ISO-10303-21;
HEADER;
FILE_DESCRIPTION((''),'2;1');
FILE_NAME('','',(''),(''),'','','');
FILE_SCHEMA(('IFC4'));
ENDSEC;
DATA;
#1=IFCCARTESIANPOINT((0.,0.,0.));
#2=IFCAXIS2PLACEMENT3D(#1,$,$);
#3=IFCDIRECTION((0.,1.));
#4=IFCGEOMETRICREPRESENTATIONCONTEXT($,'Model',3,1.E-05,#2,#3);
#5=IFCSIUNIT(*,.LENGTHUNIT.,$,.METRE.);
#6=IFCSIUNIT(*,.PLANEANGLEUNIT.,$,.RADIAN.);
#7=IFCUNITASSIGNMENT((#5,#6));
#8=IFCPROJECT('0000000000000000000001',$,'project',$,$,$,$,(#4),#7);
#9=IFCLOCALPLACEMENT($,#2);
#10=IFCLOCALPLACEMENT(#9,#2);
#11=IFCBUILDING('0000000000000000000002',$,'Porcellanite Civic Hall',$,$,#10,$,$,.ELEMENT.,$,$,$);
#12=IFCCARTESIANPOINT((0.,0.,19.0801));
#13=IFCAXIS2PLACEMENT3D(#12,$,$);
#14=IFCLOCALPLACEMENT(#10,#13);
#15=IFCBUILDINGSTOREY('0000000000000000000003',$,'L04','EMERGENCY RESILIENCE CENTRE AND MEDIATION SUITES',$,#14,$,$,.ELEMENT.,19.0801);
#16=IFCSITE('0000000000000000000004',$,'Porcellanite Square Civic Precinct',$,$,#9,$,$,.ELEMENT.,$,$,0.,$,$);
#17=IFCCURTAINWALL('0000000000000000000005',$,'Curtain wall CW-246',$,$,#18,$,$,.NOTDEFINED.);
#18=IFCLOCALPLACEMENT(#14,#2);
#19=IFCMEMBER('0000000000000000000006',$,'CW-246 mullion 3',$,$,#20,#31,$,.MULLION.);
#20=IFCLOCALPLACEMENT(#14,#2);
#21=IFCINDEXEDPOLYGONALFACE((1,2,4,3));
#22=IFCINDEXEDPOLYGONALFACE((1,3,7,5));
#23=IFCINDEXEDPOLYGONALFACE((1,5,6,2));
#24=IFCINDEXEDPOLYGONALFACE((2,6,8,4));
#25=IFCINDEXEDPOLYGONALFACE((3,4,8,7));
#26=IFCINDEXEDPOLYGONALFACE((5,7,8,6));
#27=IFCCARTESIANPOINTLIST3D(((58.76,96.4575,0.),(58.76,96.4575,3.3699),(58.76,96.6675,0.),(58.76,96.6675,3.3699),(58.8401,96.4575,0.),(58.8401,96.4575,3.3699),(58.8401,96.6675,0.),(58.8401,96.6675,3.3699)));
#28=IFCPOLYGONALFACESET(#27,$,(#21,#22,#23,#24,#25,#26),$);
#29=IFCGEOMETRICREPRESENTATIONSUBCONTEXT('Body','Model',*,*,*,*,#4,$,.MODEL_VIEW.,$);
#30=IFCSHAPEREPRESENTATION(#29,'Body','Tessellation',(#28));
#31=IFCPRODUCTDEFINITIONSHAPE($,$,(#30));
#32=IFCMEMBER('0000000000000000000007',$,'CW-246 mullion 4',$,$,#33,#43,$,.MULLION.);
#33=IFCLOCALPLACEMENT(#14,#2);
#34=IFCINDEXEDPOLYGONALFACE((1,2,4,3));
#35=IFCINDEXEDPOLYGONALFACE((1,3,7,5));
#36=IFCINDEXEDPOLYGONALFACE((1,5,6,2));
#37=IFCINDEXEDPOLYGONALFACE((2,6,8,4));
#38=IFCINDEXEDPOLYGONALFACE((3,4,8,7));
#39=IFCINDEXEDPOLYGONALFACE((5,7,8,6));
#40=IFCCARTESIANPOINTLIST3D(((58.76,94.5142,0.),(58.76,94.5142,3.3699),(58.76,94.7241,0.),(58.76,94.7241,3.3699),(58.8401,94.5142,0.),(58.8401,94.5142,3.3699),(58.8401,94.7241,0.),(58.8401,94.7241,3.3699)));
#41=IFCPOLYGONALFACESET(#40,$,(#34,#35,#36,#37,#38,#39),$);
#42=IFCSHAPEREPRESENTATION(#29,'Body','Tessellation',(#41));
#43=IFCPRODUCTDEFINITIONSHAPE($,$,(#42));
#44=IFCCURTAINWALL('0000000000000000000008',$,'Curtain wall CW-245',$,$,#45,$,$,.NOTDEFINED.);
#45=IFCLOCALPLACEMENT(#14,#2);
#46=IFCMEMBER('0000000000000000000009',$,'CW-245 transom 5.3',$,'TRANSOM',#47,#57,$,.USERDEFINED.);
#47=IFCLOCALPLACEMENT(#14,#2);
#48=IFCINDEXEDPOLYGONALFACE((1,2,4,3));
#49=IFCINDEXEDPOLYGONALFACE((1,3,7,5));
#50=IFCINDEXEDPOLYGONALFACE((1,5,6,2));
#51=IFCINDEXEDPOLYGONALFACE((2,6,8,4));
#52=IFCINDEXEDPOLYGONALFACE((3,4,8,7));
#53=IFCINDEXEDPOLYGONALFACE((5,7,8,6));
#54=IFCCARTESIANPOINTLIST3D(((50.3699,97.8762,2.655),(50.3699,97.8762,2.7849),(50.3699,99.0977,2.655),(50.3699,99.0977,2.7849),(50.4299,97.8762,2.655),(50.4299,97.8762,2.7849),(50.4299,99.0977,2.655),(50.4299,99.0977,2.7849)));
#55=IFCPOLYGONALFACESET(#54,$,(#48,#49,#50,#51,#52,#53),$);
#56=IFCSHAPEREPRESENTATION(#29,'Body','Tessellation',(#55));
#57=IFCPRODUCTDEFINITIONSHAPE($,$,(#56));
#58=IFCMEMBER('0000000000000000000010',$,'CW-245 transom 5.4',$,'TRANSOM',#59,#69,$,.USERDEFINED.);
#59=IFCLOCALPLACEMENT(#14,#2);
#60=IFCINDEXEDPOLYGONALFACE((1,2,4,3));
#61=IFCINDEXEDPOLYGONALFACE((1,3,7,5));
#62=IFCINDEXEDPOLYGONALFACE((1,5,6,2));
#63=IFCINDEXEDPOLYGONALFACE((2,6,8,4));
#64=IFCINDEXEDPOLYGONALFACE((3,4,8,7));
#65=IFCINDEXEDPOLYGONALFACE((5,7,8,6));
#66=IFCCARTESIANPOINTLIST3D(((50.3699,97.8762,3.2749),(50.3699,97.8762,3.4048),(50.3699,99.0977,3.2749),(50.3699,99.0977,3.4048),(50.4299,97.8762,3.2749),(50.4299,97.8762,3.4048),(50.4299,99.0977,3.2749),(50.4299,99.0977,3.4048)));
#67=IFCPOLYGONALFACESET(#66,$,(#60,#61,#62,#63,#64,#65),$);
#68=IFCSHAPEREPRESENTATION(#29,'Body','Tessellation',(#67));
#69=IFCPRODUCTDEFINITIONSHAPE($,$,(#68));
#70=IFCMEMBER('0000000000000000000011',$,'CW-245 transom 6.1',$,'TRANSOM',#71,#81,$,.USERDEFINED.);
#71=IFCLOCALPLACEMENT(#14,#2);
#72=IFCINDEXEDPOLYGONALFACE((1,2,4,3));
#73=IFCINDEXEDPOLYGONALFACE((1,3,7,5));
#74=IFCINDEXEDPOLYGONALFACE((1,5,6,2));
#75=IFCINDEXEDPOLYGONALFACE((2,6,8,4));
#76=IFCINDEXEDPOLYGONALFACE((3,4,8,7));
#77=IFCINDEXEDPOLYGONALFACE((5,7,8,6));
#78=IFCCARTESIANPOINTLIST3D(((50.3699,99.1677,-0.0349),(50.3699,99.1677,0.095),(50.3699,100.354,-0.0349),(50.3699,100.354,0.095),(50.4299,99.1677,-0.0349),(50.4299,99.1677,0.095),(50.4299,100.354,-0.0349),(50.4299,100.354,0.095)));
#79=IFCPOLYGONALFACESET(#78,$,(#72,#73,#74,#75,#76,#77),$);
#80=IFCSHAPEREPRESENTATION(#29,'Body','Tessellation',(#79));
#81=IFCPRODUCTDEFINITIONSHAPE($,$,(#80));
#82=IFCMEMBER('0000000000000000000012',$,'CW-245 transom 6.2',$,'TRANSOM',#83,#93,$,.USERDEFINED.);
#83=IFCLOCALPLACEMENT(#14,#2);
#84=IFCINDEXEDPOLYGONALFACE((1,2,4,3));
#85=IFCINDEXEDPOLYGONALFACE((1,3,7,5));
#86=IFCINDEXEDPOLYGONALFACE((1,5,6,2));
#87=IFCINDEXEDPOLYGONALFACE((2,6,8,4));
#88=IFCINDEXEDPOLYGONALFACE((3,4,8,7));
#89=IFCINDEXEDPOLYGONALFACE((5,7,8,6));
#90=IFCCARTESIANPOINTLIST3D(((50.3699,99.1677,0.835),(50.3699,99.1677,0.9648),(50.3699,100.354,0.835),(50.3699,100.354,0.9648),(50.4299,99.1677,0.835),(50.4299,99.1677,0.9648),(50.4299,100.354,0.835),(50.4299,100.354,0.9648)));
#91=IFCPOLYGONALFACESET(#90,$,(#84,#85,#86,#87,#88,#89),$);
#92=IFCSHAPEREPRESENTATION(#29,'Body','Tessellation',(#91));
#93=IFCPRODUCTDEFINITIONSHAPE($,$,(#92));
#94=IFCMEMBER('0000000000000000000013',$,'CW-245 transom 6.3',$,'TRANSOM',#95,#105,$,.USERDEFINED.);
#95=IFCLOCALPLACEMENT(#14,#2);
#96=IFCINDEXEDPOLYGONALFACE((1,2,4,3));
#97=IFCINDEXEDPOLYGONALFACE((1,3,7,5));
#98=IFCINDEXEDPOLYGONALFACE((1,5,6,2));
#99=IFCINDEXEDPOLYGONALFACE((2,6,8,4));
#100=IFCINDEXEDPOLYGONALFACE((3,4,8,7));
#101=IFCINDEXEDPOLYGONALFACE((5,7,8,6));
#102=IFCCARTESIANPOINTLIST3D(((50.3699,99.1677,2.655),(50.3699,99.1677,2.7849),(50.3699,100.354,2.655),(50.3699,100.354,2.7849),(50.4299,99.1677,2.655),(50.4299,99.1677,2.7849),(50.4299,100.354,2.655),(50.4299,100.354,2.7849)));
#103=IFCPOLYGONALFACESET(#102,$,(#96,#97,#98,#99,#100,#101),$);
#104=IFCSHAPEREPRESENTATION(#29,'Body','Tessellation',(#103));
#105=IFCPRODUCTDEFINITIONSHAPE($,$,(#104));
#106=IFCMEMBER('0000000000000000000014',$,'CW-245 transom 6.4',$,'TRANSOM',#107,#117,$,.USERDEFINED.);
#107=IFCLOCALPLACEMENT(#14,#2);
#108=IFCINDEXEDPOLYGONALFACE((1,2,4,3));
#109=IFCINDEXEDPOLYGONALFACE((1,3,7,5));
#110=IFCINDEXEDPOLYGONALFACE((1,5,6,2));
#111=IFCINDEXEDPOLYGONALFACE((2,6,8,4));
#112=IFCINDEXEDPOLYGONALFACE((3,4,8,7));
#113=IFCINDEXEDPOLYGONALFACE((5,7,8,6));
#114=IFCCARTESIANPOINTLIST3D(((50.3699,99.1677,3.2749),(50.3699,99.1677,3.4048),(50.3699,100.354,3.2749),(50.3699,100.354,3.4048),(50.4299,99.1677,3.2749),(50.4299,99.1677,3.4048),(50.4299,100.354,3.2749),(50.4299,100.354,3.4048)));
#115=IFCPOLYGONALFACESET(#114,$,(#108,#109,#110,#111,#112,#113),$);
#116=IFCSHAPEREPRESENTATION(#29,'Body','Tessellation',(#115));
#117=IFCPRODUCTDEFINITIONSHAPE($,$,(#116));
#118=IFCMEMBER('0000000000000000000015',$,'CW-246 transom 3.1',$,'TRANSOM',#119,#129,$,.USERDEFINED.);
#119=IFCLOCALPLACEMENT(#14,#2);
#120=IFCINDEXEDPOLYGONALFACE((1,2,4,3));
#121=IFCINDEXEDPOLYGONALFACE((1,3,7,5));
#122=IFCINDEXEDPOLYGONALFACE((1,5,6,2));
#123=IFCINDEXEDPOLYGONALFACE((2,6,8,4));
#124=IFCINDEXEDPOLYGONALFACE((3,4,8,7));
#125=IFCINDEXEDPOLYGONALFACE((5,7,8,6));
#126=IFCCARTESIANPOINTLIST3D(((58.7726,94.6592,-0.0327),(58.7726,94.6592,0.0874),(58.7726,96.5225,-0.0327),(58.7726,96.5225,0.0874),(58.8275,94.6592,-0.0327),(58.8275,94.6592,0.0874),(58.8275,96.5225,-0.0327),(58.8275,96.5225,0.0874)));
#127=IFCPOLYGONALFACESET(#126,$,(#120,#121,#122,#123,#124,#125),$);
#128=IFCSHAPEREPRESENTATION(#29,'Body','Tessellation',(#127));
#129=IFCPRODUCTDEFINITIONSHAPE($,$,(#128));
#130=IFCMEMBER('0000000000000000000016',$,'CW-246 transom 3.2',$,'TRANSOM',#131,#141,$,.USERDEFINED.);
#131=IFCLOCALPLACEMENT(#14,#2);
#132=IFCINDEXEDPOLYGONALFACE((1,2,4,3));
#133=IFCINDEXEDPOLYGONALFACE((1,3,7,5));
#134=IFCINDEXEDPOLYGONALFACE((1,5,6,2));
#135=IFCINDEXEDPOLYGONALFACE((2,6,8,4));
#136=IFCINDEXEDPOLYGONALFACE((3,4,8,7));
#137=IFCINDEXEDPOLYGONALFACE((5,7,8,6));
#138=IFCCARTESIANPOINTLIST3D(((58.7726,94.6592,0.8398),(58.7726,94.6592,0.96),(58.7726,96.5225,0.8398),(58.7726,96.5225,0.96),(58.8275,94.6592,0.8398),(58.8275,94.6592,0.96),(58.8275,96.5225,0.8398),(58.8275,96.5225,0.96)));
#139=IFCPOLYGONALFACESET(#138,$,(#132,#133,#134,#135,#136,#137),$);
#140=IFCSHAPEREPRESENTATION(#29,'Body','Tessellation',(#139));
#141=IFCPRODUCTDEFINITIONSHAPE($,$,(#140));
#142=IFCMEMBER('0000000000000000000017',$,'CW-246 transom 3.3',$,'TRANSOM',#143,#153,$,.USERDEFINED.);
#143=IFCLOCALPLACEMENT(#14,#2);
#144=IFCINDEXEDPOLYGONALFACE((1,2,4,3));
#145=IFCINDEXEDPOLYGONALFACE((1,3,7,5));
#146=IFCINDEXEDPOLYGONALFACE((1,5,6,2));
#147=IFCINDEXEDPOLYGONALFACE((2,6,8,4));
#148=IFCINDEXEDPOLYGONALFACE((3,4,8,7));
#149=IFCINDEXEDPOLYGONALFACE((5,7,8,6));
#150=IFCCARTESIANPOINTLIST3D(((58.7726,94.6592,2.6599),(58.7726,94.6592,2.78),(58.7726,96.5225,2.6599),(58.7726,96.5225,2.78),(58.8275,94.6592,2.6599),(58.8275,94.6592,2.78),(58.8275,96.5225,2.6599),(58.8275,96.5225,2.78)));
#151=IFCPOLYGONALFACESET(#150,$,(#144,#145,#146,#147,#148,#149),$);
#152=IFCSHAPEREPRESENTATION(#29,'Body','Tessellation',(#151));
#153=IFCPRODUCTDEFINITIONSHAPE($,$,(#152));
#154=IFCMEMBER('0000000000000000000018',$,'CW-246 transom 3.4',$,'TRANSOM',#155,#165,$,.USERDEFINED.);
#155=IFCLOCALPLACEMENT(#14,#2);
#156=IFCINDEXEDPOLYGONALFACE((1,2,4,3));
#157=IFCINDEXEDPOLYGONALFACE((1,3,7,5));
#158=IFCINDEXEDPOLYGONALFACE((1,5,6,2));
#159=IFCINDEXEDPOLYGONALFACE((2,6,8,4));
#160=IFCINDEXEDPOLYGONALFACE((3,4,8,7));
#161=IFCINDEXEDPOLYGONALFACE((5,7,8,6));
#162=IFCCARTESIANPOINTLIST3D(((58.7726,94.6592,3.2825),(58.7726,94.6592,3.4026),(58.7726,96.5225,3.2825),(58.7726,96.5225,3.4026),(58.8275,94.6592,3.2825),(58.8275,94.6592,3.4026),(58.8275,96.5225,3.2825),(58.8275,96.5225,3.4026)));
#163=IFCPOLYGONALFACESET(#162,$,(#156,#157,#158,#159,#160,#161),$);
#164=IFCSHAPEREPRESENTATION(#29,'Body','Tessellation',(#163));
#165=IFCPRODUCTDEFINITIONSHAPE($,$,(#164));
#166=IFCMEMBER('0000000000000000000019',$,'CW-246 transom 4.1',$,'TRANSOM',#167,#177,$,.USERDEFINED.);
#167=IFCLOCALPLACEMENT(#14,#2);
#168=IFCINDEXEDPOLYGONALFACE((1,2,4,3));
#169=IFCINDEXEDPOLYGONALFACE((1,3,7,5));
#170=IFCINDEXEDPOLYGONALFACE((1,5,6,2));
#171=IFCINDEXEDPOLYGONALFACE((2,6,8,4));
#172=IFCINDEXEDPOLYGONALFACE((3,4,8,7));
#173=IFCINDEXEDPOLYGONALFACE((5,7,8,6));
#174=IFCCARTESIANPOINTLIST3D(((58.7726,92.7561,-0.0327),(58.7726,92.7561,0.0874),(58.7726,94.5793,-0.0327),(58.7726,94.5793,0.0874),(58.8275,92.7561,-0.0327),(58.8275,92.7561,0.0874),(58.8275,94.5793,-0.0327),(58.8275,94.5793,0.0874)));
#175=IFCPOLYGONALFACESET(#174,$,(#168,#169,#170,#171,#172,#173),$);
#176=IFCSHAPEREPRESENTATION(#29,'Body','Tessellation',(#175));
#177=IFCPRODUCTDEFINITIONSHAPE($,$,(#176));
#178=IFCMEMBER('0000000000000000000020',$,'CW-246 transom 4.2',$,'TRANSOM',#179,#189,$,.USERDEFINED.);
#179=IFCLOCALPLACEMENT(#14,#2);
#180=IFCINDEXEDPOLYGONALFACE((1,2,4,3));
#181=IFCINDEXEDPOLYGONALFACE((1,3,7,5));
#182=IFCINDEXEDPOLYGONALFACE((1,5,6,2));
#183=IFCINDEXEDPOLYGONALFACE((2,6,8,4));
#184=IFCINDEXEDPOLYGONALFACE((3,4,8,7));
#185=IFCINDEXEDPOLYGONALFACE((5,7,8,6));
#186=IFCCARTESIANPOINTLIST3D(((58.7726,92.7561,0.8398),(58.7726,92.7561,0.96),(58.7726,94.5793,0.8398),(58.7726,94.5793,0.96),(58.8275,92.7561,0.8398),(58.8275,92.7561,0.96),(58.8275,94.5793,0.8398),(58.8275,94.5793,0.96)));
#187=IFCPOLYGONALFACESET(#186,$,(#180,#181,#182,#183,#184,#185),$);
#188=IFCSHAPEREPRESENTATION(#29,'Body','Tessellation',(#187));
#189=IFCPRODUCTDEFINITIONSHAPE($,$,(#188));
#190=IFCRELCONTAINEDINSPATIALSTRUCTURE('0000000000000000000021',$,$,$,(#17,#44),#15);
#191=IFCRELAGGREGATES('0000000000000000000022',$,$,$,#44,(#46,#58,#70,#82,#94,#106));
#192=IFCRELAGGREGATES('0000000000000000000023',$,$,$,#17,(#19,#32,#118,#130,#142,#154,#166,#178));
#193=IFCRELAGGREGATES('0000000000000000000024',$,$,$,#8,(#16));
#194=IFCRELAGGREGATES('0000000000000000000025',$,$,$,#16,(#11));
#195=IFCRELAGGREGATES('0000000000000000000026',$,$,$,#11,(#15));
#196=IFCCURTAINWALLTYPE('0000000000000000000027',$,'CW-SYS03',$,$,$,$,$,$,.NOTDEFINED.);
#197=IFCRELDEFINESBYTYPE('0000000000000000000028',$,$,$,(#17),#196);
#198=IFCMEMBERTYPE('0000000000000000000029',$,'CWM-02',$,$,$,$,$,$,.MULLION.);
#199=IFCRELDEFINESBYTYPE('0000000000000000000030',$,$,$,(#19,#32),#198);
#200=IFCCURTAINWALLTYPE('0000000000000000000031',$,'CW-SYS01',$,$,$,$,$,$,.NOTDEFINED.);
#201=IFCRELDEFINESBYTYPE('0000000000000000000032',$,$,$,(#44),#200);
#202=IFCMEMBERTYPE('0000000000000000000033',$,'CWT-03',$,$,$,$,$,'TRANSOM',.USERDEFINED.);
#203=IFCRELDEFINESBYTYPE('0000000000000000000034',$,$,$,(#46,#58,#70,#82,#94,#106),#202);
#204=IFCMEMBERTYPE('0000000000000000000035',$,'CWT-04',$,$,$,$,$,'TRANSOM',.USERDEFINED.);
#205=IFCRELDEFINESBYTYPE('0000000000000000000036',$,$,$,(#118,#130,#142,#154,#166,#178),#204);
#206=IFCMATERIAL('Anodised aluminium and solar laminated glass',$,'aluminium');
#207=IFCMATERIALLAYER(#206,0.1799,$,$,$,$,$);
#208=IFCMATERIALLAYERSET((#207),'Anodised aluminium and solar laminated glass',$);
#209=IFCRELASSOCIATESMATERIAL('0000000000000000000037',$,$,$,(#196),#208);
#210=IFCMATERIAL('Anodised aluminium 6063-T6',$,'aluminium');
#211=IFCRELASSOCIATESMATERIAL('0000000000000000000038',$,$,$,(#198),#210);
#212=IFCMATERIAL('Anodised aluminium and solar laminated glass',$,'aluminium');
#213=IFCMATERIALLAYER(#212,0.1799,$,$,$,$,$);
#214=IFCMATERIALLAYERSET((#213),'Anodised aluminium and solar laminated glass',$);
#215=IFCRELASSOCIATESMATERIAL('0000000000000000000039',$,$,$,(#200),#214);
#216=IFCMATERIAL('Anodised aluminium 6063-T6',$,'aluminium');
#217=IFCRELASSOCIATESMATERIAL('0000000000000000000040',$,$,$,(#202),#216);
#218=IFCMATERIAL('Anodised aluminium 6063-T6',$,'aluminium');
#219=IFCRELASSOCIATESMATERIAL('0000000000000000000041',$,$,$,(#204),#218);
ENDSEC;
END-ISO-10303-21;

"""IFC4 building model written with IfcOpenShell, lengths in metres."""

from ifc_helpers import new_model, si_unit, direction, frame, origin, origin_2d, place, context, subcontext, project, spatial, rectangle, extrude, material, layer, layer_set, material_profile, profile_set, type_object, element, aggregate, save


model = new_model("IFC4")

# Units and contexts
model_context = context("Model", 3, precision=1e-05, world=origin(), true_north=direction((0.0, 1.0)))
body_context = subcontext(model_context, "Body", "Model", "MODEL_VIEW")
ifc_project = project(units=[si_unit("LENGTHUNIT", "METRE"), si_unit("PLANEANGLEUNIT", "RADIAN")], contexts=[model_context])

# Site, building, storey
site_placement = place(None, origin())
site = spatial("IfcSite", under=ifc_project, at=site_placement, Name="Porcellanite Square Civic Precinct", CompositionType="ELEMENT", RefElevation=0.0)
building_placement = place(site_placement, origin())
building = spatial("IfcBuilding", under=site, at=building_placement, Name="Porcellanite Civic Hall", CompositionType="ELEMENT")
storey_placement = place(building_placement, frame((0.0, 0.0, 19.0801)))
storey = spatial("IfcBuildingStorey", under=building, at=storey_placement, Name="L04", Description="EMERGENCY RESILIENCE CENTRE AND MEDIATION SUITES", CompositionType="ELEMENT", Elevation=19.0801)

# Curtain walls, members
ifc_material_1 = material(Name="Anodised aluminium and solar laminated glass", Category="aluminium")
ifc_layer_1 = layer(ifc_material_1, 0.1799)
ifc_layer_set_1 = layer_set([ifc_layer_1], Name="Anodised aluminium and solar laminated glass")
curtain_wall_type_1 = type_object("IfcCurtainWallType", Name="CW-SYS03", PredefinedType="NOTDEFINED", material=ifc_layer_set_1)
curtain_wall_1_placement = place(storey_placement, origin())
curtain_wall_1 = element("IfcCurtainWall", 1, at=curtain_wall_1_placement, inside=storey, type_object=curtain_wall_type_1, Name="Curtain wall CW-246", PredefinedType="NOTDEFINED")
ifc_material_2 = material(Name="Anodised aluminium 6063-T6", Category="aluminium")
ifc_material_profile_1 = material_profile(ifc_material_2, rectangle(XDim=0.0801, YDim=0.21, at=origin_2d()), Name="AL-80x210")
ifc_profile_set_1 = profile_set([ifc_material_profile_1], Name="Anodised aluminium 6063-T6")
member_type_1 = type_object("IfcMemberType", Name="CWM-02", PredefinedType="MULLION", material=ifc_profile_set_1)
member_1_placement = place(storey_placement, frame((58.8, 96.5625, 0.0), z_axis=(0.0, 0.0, 1.0), x_axis=(1.0, 0.0, 0.0)))
member_1 = element("IfcMember", 2, at=member_1_placement, type_object=member_type_1, Name="CW-246 mullion 3", PredefinedType="MULLION", context=body_context, shape_type="SweptSolid", body=[
    extrude(rectangle(XDim=0.0801, YDim=0.21, at=origin_2d()), origin(), (0.0, 0.0, 1.0), 3.3699),
])
member_2_placement = place(storey_placement, frame((58.8, 94.6191, 0.0), z_axis=(0.0, 0.0, 1.0), x_axis=(1.0, 0.0, 0.0)))
member_2 = element("IfcMember", 3, at=member_2_placement, type_object=member_type_1, Name="CW-246 mullion 4", PredefinedType="MULLION", context=body_context, shape_type="SweptSolid", body=[
    extrude(rectangle(XDim=0.0801, YDim=0.21, at=origin_2d()), origin(), (0.0, 0.0, 1.0), 3.3699),
])
ifc_material_3 = material(Name="Anodised aluminium and solar laminated glass", Category="aluminium")
ifc_layer_2 = layer(ifc_material_3, 0.1799)
ifc_layer_set_2 = layer_set([ifc_layer_2], Name="Anodised aluminium and solar laminated glass")
curtain_wall_type_2 = type_object("IfcCurtainWallType", Name="CW-SYS01", PredefinedType="NOTDEFINED", material=ifc_layer_set_2)
curtain_wall_2_placement = place(storey_placement, origin())
curtain_wall_2 = element("IfcCurtainWall", 4, at=curtain_wall_2_placement, inside=storey, type_object=curtain_wall_type_2, Name="Curtain wall CW-245", PredefinedType="NOTDEFINED")
ifc_material_4 = material(Name="Anodised aluminium 6063-T6", Category="aluminium")
ifc_material_profile_2 = material_profile(ifc_material_4, rectangle(XDim=0.0601, YDim=0.1299, at=origin_2d()), Name="AL-60x130")
ifc_profile_set_2 = profile_set([ifc_material_profile_2], Name="Anodised aluminium 6063-T6")
member_type_2 = type_object("IfcMemberType", Name="CWT-03", ElementType="TRANSOM", PredefinedType="USERDEFINED", material=ifc_profile_set_2)
member_3_placement = place(storey_placement, frame((50.3999, 97.8762, 2.72), z_axis=(0.0, 1.0, 0.0), x_axis=(-1.0, 0.0, 0.0)))
member_3 = element("IfcMember", 5, at=member_3_placement, type_object=member_type_2, Name="CW-245 transom 5.3", ObjectType="TRANSOM", PredefinedType="USERDEFINED", context=body_context, shape_type="SweptSolid", body=[
    extrude(rectangle(XDim=0.0601, YDim=0.1299, at=origin_2d()), origin(), (0.0, 0.0, 1.0), 1.2214),
])
member_4_placement = place(storey_placement, frame((50.3999, 97.8762, 3.3398), z_axis=(0.0, 1.0, 0.0), x_axis=(-1.0, 0.0, 0.0)))
member_4 = element("IfcMember", 6, at=member_4_placement, type_object=member_type_2, Name="CW-245 transom 5.4", ObjectType="TRANSOM", PredefinedType="USERDEFINED", context=body_context, shape_type="SweptSolid", body=[
    extrude(rectangle(XDim=0.0601, YDim=0.1299, at=origin_2d()), origin(), (0.0, 0.0, 1.0), 1.2214),
])
member_5_placement = place(storey_placement, frame((50.3999, 99.1677, 0.03), z_axis=(0.0, 1.0, 0.0), x_axis=(-1.0, 0.0, 0.0)))
member_5 = element("IfcMember", 7, at=member_5_placement, type_object=member_type_2, Name="CW-245 transom 6.1", ObjectType="TRANSOM", PredefinedType="USERDEFINED", context=body_context, shape_type="SweptSolid", body=[
    extrude(rectangle(XDim=0.0601, YDim=0.1299, at=origin_2d()), origin(), (0.0, 0.0, 1.0), 1.1863),
])
member_6_placement = place(storey_placement, frame((50.3999, 99.1677, 0.8999), z_axis=(0.0, 1.0, 0.0), x_axis=(-1.0, 0.0, 0.0)))
member_6 = element("IfcMember", 8, at=member_6_placement, type_object=member_type_2, Name="CW-245 transom 6.2", ObjectType="TRANSOM", PredefinedType="USERDEFINED", context=body_context, shape_type="SweptSolid", body=[
    extrude(rectangle(XDim=0.0601, YDim=0.1299, at=origin_2d()), origin(), (0.0, 0.0, 1.0), 1.1863),
])
member_7_placement = place(storey_placement, frame((50.3999, 99.1677, 2.72), z_axis=(0.0, 1.0, 0.0), x_axis=(-1.0, 0.0, 0.0)))
member_7 = element("IfcMember", 9, at=member_7_placement, type_object=member_type_2, Name="CW-245 transom 6.3", ObjectType="TRANSOM", PredefinedType="USERDEFINED", context=body_context, shape_type="SweptSolid", body=[
    extrude(rectangle(XDim=0.0601, YDim=0.1299, at=origin_2d()), origin(), (0.0, 0.0, 1.0), 1.1863),
])
member_8_placement = place(storey_placement, frame((50.3999, 99.1677, 3.3398), z_axis=(0.0, 1.0, 0.0), x_axis=(-1.0, 0.0, 0.0)))
member_8 = element("IfcMember", 10, at=member_8_placement, type_object=member_type_2, Name="CW-245 transom 6.4", ObjectType="TRANSOM", PredefinedType="USERDEFINED", context=body_context, shape_type="SweptSolid", body=[
    extrude(rectangle(XDim=0.0601, YDim=0.1299, at=origin_2d()), origin(), (0.0, 0.0, 1.0), 1.1863),
])

# Members
ifc_material_5 = material(Name="Anodised aluminium 6063-T6", Category="aluminium")
ifc_material_profile_3 = material_profile(ifc_material_5, rectangle(XDim=0.0549, YDim=0.1201, at=origin_2d()), Name="AL-55x120")
ifc_profile_set_3 = profile_set([ifc_material_profile_3], Name="Anodised aluminium 6063-T6")
member_type_3 = type_object("IfcMemberType", Name="CWT-04", ElementType="TRANSOM", PredefinedType="USERDEFINED", material=ifc_profile_set_3)
member_9_placement = place(storey_placement, frame((58.8, 96.5225, 0.0273), z_axis=(0.0, -1.0, 0.0), x_axis=(1.0, 0.0, 0.0)))
member_9 = element("IfcMember", 11, at=member_9_placement, type_object=member_type_3, Name="CW-246 transom 3.1", ObjectType="TRANSOM", PredefinedType="USERDEFINED", context=body_context, shape_type="SweptSolid", body=[
    extrude(rectangle(XDim=0.0549, YDim=0.1201, at=origin_2d()), origin(), (0.0, 0.0, 1.0), 1.8633),
])
member_10_placement = place(storey_placement, frame((58.8, 96.5225, 0.8999), z_axis=(0.0, -1.0, 0.0), x_axis=(1.0, 0.0, 0.0)))
member_10 = element("IfcMember", 12, at=member_10_placement, type_object=member_type_3, Name="CW-246 transom 3.2", ObjectType="TRANSOM", PredefinedType="USERDEFINED", context=body_context, shape_type="SweptSolid", body=[
    extrude(rectangle(XDim=0.0549, YDim=0.1201, at=origin_2d()), origin(), (0.0, 0.0, 1.0), 1.8633),
])
member_11_placement = place(storey_placement, frame((58.8, 96.5225, 2.72), z_axis=(0.0, -1.0, 0.0), x_axis=(1.0, 0.0, 0.0)))
member_11 = element("IfcMember", 13, at=member_11_placement, type_object=member_type_3, Name="CW-246 transom 3.3", ObjectType="TRANSOM", PredefinedType="USERDEFINED", context=body_context, shape_type="SweptSolid", body=[
    extrude(rectangle(XDim=0.0549, YDim=0.1201, at=origin_2d()), origin(), (0.0, 0.0, 1.0), 1.8633),
])
member_12_placement = place(storey_placement, frame((58.8, 96.5225, 3.3425), z_axis=(0.0, -1.0, 0.0), x_axis=(1.0, 0.0, 0.0)))
member_12 = element("IfcMember", 14, at=member_12_placement, type_object=member_type_3, Name="CW-246 transom 3.4", ObjectType="TRANSOM", PredefinedType="USERDEFINED", context=body_context, shape_type="SweptSolid", body=[
    extrude(rectangle(XDim=0.0549, YDim=0.1201, at=origin_2d()), origin(), (0.0, 0.0, 1.0), 1.8633),
])
member_13_placement = place(storey_placement, frame((58.8, 94.5793, 0.0273), z_axis=(0.0, -1.0, 0.0), x_axis=(1.0, 0.0, 0.0)))
member_13 = element("IfcMember", 15, at=member_13_placement, type_object=member_type_3, Name="CW-246 transom 4.1", ObjectType="TRANSOM", PredefinedType="USERDEFINED", context=body_context, shape_type="SweptSolid", body=[
    extrude(rectangle(XDim=0.0549, YDim=0.1201, at=origin_2d()), origin(), (0.0, 0.0, 1.0), 1.8232),
])
member_14_placement = place(storey_placement, frame((58.8, 94.5793, 0.8999), z_axis=(0.0, -1.0, 0.0), x_axis=(1.0, 0.0, 0.0)))
member_14 = element("IfcMember", 16, at=member_14_placement, type_object=member_type_3, Name="CW-246 transom 4.2", ObjectType="TRANSOM", PredefinedType="USERDEFINED", context=body_context, shape_type="SweptSolid", body=[
    extrude(rectangle(XDim=0.0549, YDim=0.1201, at=origin_2d()), origin(), (0.0, 0.0, 1.0), 1.8232),
])

aggregate(curtain_wall_2, [member_3, member_4, member_5, member_6, member_7, member_8])
aggregate(curtain_wall_1, [member_1, member_2, member_9, member_10, member_11, member_12, member_13, member_14])

save(model, "model.ifc")
